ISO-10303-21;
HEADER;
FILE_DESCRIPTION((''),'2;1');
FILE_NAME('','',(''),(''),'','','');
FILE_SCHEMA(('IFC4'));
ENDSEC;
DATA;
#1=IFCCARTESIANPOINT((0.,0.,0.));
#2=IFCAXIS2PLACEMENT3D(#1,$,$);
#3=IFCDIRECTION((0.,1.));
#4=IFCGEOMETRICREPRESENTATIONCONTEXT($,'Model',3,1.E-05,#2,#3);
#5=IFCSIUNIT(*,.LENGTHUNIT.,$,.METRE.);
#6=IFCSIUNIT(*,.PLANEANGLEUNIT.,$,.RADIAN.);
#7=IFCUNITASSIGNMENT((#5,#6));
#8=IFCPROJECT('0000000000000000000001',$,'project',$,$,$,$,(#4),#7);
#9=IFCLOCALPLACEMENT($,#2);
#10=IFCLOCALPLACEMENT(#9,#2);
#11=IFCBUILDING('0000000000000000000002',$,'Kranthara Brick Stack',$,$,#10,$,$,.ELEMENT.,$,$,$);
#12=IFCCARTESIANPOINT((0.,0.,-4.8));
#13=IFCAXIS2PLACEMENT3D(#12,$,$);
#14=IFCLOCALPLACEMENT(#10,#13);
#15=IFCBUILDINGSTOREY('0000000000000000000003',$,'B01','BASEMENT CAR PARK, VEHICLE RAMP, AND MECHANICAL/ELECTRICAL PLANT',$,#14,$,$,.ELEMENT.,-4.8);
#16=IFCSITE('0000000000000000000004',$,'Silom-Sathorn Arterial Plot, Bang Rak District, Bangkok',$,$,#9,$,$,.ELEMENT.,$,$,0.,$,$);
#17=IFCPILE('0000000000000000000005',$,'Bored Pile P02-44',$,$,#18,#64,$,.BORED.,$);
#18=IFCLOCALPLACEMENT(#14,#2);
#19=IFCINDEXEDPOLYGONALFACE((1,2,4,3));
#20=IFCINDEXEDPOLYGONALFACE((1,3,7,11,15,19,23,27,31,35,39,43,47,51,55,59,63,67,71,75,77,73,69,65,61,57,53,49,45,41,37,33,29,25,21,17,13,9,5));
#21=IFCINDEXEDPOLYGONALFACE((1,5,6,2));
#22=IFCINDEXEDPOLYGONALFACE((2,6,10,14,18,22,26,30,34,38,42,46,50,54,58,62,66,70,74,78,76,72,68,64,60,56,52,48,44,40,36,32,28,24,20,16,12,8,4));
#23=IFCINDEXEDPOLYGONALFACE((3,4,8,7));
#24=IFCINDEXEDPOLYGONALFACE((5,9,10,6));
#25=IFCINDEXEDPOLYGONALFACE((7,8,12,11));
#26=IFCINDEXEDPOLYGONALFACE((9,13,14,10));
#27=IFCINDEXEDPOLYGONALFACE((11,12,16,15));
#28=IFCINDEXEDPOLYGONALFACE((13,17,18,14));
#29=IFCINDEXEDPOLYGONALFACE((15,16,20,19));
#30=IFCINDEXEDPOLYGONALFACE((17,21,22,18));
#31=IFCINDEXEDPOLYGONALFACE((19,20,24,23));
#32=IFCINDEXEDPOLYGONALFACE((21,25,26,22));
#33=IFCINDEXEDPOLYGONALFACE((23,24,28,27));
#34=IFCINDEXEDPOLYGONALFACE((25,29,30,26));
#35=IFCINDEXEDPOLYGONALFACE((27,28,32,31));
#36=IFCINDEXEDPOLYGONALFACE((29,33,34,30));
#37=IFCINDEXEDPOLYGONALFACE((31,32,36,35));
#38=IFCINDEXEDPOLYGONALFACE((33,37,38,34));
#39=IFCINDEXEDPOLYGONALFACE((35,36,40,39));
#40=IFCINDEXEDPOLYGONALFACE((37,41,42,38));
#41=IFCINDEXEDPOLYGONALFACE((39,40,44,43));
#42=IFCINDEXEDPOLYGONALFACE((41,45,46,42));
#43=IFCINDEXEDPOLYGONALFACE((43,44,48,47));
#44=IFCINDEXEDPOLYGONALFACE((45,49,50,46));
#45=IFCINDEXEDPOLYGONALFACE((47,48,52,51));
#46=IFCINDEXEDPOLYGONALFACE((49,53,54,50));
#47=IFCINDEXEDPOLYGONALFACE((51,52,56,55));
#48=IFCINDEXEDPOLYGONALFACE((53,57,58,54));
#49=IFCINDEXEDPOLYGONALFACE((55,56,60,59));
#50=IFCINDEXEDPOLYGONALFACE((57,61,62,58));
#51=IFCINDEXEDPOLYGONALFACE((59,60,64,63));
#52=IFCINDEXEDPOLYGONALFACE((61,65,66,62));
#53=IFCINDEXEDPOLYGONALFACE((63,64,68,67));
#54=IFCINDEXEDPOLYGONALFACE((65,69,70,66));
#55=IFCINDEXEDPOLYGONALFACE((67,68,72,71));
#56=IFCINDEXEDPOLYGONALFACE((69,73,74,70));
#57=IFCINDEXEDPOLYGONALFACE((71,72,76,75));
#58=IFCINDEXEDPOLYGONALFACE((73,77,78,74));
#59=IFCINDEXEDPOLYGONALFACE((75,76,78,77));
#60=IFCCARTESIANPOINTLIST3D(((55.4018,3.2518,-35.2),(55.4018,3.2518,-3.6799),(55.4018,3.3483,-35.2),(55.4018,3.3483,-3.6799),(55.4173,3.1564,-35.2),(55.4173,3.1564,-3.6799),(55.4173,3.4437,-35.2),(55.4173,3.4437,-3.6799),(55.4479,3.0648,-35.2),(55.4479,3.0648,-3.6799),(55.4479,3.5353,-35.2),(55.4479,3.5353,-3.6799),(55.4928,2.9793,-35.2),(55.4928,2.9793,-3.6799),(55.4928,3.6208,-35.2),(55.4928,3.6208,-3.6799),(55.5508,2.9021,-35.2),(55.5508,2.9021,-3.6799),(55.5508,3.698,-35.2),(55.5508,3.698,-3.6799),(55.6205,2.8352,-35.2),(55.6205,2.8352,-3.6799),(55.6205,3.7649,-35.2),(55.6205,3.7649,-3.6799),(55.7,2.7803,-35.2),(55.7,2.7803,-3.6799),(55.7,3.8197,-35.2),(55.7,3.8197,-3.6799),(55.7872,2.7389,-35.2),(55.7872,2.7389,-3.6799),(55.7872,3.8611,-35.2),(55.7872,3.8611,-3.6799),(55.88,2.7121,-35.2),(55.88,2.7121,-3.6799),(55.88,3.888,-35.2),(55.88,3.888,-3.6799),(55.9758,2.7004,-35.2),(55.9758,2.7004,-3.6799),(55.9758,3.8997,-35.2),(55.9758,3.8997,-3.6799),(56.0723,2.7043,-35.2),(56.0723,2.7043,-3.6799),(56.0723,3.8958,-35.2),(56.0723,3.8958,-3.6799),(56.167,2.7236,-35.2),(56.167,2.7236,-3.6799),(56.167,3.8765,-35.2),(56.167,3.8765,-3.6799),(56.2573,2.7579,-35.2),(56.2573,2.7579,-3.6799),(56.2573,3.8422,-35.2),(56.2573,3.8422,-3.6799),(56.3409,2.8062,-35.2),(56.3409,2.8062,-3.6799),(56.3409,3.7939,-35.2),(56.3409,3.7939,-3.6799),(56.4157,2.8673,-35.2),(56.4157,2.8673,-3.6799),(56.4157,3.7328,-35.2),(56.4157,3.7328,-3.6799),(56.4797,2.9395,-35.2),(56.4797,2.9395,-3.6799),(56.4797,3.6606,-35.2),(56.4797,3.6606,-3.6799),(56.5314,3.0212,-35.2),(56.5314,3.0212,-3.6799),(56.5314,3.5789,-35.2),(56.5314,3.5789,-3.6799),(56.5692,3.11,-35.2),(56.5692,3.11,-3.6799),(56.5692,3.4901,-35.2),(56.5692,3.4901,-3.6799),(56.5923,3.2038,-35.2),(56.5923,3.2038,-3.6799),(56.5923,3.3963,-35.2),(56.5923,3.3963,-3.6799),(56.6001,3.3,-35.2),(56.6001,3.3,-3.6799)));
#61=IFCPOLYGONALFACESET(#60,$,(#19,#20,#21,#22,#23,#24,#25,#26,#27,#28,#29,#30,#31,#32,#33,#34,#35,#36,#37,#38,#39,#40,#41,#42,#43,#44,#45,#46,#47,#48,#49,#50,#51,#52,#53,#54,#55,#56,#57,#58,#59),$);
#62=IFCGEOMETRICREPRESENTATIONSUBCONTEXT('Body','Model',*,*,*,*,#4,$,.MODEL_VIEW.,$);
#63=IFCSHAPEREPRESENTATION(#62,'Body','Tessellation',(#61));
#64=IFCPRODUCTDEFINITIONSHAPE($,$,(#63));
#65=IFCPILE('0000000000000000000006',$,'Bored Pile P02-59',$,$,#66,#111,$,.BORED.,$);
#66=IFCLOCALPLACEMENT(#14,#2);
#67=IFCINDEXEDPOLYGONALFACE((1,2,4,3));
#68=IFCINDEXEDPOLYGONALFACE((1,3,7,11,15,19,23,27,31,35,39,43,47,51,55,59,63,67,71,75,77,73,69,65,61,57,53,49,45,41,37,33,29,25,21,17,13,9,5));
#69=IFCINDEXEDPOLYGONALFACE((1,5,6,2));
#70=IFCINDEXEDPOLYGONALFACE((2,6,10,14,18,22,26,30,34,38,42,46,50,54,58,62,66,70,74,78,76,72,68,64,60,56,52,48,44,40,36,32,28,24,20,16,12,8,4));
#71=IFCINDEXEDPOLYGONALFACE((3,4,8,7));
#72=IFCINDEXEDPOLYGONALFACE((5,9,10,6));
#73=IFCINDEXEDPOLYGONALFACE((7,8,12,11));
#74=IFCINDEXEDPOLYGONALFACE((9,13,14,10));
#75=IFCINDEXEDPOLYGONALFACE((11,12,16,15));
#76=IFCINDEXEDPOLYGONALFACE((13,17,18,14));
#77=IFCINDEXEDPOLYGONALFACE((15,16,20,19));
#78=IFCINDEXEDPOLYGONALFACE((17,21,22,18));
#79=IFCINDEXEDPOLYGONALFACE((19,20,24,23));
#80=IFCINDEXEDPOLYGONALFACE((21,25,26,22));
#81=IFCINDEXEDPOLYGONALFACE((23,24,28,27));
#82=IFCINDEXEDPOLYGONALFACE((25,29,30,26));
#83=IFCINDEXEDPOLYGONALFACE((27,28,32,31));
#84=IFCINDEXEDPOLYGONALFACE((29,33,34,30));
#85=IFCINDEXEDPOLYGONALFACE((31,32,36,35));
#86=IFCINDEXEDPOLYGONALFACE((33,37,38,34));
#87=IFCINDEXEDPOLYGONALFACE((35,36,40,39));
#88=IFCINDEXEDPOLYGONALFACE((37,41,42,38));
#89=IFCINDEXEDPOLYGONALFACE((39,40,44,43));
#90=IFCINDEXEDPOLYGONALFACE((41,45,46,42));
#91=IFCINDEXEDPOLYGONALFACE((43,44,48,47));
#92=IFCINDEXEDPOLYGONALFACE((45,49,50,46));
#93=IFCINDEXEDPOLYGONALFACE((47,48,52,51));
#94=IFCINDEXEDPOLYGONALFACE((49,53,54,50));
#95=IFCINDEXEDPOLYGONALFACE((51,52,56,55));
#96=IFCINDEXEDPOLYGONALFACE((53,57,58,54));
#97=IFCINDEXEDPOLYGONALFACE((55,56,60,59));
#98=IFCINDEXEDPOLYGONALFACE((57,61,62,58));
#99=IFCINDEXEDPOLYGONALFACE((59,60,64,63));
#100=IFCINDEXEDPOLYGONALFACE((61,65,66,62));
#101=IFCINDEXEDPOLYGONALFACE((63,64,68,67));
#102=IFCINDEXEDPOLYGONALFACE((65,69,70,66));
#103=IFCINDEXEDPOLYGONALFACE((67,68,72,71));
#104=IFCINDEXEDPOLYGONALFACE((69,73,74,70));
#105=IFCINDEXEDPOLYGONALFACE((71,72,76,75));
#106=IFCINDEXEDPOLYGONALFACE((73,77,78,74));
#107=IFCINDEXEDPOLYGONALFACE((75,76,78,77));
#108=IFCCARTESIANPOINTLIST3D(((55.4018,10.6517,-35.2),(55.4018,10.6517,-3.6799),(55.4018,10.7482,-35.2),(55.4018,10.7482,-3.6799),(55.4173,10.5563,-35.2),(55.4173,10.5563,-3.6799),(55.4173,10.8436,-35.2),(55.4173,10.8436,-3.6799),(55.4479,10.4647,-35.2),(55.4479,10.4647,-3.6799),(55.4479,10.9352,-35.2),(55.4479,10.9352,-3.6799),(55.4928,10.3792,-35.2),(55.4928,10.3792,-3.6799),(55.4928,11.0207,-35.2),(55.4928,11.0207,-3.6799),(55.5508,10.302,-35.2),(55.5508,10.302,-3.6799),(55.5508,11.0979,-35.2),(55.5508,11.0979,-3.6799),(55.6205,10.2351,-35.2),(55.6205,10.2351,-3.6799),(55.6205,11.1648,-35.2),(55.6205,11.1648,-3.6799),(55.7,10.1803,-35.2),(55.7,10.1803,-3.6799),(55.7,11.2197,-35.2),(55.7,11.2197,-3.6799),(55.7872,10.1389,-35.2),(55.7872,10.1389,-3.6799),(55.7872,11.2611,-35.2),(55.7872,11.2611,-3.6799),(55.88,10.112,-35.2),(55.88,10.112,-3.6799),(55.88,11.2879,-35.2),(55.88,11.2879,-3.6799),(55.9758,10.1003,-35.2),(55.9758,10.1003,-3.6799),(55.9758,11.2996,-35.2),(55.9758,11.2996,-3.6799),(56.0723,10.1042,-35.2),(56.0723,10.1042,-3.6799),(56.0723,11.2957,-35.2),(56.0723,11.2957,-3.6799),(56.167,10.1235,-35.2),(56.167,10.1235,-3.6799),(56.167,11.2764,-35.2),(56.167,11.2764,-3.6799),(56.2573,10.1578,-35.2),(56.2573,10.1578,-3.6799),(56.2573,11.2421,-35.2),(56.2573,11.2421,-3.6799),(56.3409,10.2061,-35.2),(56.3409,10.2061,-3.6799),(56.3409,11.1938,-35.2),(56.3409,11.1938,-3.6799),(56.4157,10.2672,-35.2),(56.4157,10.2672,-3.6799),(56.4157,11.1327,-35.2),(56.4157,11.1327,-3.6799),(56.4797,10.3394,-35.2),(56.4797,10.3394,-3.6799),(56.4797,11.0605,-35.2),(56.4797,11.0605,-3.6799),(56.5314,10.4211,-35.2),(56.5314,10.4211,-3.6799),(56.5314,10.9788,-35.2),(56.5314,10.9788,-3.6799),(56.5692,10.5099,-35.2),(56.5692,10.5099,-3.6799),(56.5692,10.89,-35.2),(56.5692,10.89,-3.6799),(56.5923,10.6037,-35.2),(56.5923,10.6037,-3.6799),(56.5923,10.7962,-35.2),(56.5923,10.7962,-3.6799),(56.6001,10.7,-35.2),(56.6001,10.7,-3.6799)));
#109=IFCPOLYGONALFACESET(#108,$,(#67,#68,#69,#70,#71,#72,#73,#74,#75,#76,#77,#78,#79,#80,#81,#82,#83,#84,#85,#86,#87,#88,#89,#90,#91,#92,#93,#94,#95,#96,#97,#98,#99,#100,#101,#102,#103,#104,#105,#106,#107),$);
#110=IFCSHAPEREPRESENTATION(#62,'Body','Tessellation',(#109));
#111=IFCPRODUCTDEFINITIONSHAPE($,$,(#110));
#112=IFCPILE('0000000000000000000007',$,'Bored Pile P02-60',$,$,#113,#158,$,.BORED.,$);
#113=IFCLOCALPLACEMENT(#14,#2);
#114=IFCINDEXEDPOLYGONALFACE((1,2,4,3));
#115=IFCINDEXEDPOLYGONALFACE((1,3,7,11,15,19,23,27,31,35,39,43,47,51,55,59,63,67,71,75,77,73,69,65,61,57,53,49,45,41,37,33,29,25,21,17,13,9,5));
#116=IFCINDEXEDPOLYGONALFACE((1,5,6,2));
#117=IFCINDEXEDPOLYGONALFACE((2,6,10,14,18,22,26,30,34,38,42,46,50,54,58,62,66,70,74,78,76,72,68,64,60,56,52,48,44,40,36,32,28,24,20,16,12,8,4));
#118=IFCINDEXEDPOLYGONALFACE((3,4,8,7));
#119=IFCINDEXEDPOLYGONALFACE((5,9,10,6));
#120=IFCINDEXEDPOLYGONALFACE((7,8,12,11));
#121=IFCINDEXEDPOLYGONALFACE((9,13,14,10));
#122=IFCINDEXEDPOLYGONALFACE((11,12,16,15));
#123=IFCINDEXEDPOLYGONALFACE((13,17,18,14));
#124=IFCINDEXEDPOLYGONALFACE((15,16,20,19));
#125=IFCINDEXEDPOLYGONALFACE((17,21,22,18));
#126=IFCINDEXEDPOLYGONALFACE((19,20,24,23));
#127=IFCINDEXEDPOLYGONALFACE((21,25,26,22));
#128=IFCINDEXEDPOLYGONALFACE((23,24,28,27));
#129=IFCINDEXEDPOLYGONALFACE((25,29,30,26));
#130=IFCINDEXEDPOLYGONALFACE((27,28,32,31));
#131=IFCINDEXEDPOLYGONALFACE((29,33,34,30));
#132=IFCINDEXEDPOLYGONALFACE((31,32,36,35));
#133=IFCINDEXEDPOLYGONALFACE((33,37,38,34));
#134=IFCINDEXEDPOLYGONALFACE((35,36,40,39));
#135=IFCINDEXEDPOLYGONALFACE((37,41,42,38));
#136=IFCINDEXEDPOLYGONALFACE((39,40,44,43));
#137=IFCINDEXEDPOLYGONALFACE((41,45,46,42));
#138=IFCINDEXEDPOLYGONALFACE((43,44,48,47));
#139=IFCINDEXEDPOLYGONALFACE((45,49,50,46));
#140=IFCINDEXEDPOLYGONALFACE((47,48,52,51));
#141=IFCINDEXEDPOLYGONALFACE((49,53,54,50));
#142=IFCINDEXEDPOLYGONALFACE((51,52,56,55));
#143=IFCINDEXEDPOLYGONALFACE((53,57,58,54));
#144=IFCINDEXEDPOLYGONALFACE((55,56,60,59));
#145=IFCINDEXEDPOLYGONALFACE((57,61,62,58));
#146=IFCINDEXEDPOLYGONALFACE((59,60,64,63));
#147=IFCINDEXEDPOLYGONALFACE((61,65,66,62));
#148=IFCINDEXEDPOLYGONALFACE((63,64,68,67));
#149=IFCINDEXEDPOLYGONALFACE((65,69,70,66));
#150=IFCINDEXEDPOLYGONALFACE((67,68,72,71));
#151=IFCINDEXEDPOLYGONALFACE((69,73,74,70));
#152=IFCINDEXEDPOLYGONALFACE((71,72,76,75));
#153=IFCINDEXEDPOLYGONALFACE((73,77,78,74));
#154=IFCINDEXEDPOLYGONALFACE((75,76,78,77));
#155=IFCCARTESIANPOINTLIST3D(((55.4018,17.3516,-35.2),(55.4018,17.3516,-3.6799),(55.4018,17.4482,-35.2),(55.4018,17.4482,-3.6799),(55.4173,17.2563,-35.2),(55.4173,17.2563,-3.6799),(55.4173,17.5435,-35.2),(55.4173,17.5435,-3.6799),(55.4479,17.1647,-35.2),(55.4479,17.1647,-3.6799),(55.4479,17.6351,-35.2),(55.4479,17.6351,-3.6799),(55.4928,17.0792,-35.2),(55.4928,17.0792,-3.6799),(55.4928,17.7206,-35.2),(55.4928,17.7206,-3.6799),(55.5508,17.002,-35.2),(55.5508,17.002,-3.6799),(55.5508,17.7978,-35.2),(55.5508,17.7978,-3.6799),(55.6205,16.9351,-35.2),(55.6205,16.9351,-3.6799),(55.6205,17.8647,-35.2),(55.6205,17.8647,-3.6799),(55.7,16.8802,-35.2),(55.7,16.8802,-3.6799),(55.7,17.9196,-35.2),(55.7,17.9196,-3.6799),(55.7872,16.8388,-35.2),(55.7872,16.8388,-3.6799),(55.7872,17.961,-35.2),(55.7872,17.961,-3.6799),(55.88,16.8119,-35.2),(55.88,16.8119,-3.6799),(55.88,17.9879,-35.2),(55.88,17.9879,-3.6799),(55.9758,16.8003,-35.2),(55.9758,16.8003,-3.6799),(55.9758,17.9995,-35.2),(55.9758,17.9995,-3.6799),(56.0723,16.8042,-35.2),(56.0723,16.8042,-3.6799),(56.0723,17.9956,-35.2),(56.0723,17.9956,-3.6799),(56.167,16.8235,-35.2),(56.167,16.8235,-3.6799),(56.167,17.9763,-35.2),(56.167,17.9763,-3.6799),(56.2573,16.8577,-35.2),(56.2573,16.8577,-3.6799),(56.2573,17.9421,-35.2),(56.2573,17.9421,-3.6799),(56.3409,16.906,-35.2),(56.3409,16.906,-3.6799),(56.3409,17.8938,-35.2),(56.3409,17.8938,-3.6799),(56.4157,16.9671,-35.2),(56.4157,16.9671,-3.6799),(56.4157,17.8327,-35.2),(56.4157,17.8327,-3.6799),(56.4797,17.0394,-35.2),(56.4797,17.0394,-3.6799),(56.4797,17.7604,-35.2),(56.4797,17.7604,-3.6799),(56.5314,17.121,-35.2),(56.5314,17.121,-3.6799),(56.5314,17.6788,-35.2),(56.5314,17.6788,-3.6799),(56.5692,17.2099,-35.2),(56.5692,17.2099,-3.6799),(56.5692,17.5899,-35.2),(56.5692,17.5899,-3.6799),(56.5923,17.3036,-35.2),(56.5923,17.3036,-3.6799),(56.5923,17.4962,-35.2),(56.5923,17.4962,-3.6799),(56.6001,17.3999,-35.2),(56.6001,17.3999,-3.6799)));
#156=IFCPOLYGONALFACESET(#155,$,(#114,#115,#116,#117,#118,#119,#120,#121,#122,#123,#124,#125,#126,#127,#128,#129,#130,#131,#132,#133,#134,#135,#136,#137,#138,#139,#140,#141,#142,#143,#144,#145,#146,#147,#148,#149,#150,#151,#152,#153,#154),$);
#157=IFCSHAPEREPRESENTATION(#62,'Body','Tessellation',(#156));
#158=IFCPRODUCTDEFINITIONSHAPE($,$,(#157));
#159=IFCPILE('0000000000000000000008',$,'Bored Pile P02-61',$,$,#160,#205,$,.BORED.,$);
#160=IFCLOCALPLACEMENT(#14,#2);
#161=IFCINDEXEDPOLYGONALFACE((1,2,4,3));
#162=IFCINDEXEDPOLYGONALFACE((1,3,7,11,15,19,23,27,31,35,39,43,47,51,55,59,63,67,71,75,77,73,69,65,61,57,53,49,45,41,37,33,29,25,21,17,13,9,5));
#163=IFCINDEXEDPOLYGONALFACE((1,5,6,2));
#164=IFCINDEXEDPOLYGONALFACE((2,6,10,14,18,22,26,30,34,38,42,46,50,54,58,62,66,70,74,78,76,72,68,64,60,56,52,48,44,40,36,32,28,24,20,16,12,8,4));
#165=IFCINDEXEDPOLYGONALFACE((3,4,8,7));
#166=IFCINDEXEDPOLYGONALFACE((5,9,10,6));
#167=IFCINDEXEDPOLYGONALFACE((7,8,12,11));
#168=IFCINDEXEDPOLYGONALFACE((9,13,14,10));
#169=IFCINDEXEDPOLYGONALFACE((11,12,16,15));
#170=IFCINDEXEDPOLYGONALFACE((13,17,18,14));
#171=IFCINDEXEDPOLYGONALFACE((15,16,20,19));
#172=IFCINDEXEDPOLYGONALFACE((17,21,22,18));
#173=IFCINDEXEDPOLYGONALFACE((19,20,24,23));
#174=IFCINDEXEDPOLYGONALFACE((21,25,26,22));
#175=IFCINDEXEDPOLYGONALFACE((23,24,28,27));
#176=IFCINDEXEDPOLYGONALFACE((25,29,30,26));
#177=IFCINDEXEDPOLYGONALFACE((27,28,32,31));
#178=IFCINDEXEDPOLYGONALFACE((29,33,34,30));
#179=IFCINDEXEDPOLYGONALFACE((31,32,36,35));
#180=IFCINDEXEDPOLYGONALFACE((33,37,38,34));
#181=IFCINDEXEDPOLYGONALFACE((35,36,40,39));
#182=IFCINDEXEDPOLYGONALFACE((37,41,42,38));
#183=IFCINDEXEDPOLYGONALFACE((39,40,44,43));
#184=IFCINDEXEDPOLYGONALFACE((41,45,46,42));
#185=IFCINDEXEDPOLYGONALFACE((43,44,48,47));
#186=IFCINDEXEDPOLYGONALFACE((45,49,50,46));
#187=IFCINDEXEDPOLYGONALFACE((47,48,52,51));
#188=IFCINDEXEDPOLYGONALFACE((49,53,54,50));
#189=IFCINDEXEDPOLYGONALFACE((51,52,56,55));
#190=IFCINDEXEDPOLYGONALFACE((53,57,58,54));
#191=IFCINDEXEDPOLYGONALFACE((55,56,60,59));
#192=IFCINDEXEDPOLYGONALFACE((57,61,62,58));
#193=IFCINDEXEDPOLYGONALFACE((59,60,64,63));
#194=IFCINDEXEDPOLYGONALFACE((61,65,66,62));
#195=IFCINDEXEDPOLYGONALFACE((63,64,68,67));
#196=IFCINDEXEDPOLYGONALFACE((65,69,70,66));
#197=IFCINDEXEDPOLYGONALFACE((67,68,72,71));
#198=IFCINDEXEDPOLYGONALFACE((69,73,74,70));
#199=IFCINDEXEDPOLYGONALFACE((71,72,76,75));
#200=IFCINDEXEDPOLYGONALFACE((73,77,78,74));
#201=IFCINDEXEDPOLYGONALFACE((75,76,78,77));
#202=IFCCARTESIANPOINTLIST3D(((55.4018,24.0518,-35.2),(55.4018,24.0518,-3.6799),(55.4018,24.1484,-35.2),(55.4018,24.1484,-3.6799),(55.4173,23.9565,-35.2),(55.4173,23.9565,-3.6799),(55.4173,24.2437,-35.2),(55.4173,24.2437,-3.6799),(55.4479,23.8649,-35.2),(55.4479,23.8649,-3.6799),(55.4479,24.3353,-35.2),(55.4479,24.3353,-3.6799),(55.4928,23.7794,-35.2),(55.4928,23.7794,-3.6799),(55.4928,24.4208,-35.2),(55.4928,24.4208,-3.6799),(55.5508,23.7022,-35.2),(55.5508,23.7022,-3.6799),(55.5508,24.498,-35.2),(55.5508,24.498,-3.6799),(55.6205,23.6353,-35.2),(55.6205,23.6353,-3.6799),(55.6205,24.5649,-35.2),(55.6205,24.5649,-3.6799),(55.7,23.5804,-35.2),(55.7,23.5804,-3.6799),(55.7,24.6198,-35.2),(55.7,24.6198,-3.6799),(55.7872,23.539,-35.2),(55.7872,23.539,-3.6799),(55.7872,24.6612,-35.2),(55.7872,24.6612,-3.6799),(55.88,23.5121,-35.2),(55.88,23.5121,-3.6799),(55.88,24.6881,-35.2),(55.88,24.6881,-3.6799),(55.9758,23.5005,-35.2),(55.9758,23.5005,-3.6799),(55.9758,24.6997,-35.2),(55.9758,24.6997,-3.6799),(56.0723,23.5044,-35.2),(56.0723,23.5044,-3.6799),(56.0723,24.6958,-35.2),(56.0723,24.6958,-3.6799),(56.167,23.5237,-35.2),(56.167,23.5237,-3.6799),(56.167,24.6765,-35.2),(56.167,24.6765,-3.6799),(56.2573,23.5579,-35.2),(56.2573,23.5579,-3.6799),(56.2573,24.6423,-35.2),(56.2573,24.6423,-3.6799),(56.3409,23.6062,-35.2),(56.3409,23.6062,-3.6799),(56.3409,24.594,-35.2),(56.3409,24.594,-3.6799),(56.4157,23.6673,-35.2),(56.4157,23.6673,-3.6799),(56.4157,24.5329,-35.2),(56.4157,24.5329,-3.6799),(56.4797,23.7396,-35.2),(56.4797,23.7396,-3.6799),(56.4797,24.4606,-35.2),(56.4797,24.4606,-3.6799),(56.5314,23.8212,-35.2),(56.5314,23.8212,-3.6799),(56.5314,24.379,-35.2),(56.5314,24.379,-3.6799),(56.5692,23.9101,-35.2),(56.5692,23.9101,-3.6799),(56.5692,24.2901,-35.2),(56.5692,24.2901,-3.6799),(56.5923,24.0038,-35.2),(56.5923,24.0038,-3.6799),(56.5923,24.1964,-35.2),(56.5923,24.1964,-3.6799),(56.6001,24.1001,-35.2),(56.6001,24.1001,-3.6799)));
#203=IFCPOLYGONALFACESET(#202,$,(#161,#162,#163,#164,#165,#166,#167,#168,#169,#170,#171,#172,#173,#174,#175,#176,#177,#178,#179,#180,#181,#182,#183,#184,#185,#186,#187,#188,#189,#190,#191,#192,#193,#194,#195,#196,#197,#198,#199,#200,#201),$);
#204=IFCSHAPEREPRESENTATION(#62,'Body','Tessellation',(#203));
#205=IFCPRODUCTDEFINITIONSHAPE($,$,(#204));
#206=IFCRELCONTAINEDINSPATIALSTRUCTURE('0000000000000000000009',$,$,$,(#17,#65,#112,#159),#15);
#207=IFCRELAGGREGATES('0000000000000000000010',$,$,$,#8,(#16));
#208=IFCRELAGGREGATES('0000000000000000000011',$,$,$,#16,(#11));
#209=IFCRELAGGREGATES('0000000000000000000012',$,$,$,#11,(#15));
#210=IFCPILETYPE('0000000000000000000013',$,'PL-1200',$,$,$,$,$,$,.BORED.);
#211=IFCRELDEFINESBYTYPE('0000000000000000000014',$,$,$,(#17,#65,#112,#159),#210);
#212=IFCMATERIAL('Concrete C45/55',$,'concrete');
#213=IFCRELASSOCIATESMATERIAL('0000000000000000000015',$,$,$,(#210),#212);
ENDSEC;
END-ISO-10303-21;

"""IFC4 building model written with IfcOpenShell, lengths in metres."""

from ifc_helpers import new_model, si_unit, direction, frame, origin, origin_2d, place, context, subcontext, project, spatial, circle, extrude, material, material_profile, profile_set, type_object, element, save


model = new_model("IFC4")

# Units and contexts
model_context = context("Model", 3, precision=1e-05, world=origin(), true_north=direction((0.0, 1.0)))
body_context = subcontext(model_context, "Body", "Model", "MODEL_VIEW")
ifc_project = project(units=[si_unit("LENGTHUNIT", "METRE"), si_unit("PLANEANGLEUNIT", "RADIAN")], contexts=[model_context])

# Site, building, storey
site_placement = place(None, origin())
site = spatial("IfcSite", under=ifc_project, at=site_placement, Name="Silom-Sathorn Arterial Plot, Bang Rak District, Bangkok", CompositionType="ELEMENT", RefElevation=0.0)
building_placement = place(site_placement, origin())
building = spatial("IfcBuilding", under=site, at=building_placement, Name="Kranthara Brick Stack", CompositionType="ELEMENT")
storey_placement = place(building_placement, frame((0.0, 0.0, -4.8)))
storey = spatial("IfcBuildingStorey", under=building, at=storey_placement, Name="B01", Description="BASEMENT CAR PARK, VEHICLE RAMP, AND MECHANICAL/ELECTRICAL PLANT", CompositionType="ELEMENT", Elevation=-4.8)

# Piles
ifc_material_1 = material(Name="Concrete C45/55", Category="concrete")
ifc_material_profile_1 = material_profile(ifc_material_1, circle(Radius=0.6001, at=origin_2d()), Name="BORED PILE 1200")
ifc_profile_set_1 = profile_set([ifc_material_profile_1], Name="Concrete C45/55")
pile_type = type_object("IfcPileType", Name="PL-1200", PredefinedType="BORED", material=ifc_profile_set_1)
for number, where, z_axis, x_axis, name in (
    (1, (56.0, 3.3, -3.6799), (0.0, 0.0, -1.0), (1.0, 0.0, 0.0), "Bored Pile P02-44"),
    (2, (56.0, 10.7, -3.6799), (0.0, 0.0, -1.0), (1.0, 0.0, 0.0), "Bored Pile P02-59"),
    (3, (56.0, 17.3999, -3.6799), (0.0, 0.0, -1.0), (1.0, 0.0, 0.0), "Bored Pile P02-60"),
    (4, (56.0, 24.1001, -3.6799), (0.0, 0.0, -1.0), (1.0, 0.0, 0.0), "Bored Pile P02-61"),
):
    element("IfcPile", number, at=place(storey_placement, frame(where, z_axis=z_axis, x_axis=x_axis)), inside=storey, type_object=pile_type, Name=name, PredefinedType="BORED", context=body_context, shape_type="SweptSolid", body=[
        extrude(circle(Radius=0.6001, at=origin_2d()), origin(), (0.0, 0.0, 1.0), 31.52),
    ])

save(model, "model.ifc")
